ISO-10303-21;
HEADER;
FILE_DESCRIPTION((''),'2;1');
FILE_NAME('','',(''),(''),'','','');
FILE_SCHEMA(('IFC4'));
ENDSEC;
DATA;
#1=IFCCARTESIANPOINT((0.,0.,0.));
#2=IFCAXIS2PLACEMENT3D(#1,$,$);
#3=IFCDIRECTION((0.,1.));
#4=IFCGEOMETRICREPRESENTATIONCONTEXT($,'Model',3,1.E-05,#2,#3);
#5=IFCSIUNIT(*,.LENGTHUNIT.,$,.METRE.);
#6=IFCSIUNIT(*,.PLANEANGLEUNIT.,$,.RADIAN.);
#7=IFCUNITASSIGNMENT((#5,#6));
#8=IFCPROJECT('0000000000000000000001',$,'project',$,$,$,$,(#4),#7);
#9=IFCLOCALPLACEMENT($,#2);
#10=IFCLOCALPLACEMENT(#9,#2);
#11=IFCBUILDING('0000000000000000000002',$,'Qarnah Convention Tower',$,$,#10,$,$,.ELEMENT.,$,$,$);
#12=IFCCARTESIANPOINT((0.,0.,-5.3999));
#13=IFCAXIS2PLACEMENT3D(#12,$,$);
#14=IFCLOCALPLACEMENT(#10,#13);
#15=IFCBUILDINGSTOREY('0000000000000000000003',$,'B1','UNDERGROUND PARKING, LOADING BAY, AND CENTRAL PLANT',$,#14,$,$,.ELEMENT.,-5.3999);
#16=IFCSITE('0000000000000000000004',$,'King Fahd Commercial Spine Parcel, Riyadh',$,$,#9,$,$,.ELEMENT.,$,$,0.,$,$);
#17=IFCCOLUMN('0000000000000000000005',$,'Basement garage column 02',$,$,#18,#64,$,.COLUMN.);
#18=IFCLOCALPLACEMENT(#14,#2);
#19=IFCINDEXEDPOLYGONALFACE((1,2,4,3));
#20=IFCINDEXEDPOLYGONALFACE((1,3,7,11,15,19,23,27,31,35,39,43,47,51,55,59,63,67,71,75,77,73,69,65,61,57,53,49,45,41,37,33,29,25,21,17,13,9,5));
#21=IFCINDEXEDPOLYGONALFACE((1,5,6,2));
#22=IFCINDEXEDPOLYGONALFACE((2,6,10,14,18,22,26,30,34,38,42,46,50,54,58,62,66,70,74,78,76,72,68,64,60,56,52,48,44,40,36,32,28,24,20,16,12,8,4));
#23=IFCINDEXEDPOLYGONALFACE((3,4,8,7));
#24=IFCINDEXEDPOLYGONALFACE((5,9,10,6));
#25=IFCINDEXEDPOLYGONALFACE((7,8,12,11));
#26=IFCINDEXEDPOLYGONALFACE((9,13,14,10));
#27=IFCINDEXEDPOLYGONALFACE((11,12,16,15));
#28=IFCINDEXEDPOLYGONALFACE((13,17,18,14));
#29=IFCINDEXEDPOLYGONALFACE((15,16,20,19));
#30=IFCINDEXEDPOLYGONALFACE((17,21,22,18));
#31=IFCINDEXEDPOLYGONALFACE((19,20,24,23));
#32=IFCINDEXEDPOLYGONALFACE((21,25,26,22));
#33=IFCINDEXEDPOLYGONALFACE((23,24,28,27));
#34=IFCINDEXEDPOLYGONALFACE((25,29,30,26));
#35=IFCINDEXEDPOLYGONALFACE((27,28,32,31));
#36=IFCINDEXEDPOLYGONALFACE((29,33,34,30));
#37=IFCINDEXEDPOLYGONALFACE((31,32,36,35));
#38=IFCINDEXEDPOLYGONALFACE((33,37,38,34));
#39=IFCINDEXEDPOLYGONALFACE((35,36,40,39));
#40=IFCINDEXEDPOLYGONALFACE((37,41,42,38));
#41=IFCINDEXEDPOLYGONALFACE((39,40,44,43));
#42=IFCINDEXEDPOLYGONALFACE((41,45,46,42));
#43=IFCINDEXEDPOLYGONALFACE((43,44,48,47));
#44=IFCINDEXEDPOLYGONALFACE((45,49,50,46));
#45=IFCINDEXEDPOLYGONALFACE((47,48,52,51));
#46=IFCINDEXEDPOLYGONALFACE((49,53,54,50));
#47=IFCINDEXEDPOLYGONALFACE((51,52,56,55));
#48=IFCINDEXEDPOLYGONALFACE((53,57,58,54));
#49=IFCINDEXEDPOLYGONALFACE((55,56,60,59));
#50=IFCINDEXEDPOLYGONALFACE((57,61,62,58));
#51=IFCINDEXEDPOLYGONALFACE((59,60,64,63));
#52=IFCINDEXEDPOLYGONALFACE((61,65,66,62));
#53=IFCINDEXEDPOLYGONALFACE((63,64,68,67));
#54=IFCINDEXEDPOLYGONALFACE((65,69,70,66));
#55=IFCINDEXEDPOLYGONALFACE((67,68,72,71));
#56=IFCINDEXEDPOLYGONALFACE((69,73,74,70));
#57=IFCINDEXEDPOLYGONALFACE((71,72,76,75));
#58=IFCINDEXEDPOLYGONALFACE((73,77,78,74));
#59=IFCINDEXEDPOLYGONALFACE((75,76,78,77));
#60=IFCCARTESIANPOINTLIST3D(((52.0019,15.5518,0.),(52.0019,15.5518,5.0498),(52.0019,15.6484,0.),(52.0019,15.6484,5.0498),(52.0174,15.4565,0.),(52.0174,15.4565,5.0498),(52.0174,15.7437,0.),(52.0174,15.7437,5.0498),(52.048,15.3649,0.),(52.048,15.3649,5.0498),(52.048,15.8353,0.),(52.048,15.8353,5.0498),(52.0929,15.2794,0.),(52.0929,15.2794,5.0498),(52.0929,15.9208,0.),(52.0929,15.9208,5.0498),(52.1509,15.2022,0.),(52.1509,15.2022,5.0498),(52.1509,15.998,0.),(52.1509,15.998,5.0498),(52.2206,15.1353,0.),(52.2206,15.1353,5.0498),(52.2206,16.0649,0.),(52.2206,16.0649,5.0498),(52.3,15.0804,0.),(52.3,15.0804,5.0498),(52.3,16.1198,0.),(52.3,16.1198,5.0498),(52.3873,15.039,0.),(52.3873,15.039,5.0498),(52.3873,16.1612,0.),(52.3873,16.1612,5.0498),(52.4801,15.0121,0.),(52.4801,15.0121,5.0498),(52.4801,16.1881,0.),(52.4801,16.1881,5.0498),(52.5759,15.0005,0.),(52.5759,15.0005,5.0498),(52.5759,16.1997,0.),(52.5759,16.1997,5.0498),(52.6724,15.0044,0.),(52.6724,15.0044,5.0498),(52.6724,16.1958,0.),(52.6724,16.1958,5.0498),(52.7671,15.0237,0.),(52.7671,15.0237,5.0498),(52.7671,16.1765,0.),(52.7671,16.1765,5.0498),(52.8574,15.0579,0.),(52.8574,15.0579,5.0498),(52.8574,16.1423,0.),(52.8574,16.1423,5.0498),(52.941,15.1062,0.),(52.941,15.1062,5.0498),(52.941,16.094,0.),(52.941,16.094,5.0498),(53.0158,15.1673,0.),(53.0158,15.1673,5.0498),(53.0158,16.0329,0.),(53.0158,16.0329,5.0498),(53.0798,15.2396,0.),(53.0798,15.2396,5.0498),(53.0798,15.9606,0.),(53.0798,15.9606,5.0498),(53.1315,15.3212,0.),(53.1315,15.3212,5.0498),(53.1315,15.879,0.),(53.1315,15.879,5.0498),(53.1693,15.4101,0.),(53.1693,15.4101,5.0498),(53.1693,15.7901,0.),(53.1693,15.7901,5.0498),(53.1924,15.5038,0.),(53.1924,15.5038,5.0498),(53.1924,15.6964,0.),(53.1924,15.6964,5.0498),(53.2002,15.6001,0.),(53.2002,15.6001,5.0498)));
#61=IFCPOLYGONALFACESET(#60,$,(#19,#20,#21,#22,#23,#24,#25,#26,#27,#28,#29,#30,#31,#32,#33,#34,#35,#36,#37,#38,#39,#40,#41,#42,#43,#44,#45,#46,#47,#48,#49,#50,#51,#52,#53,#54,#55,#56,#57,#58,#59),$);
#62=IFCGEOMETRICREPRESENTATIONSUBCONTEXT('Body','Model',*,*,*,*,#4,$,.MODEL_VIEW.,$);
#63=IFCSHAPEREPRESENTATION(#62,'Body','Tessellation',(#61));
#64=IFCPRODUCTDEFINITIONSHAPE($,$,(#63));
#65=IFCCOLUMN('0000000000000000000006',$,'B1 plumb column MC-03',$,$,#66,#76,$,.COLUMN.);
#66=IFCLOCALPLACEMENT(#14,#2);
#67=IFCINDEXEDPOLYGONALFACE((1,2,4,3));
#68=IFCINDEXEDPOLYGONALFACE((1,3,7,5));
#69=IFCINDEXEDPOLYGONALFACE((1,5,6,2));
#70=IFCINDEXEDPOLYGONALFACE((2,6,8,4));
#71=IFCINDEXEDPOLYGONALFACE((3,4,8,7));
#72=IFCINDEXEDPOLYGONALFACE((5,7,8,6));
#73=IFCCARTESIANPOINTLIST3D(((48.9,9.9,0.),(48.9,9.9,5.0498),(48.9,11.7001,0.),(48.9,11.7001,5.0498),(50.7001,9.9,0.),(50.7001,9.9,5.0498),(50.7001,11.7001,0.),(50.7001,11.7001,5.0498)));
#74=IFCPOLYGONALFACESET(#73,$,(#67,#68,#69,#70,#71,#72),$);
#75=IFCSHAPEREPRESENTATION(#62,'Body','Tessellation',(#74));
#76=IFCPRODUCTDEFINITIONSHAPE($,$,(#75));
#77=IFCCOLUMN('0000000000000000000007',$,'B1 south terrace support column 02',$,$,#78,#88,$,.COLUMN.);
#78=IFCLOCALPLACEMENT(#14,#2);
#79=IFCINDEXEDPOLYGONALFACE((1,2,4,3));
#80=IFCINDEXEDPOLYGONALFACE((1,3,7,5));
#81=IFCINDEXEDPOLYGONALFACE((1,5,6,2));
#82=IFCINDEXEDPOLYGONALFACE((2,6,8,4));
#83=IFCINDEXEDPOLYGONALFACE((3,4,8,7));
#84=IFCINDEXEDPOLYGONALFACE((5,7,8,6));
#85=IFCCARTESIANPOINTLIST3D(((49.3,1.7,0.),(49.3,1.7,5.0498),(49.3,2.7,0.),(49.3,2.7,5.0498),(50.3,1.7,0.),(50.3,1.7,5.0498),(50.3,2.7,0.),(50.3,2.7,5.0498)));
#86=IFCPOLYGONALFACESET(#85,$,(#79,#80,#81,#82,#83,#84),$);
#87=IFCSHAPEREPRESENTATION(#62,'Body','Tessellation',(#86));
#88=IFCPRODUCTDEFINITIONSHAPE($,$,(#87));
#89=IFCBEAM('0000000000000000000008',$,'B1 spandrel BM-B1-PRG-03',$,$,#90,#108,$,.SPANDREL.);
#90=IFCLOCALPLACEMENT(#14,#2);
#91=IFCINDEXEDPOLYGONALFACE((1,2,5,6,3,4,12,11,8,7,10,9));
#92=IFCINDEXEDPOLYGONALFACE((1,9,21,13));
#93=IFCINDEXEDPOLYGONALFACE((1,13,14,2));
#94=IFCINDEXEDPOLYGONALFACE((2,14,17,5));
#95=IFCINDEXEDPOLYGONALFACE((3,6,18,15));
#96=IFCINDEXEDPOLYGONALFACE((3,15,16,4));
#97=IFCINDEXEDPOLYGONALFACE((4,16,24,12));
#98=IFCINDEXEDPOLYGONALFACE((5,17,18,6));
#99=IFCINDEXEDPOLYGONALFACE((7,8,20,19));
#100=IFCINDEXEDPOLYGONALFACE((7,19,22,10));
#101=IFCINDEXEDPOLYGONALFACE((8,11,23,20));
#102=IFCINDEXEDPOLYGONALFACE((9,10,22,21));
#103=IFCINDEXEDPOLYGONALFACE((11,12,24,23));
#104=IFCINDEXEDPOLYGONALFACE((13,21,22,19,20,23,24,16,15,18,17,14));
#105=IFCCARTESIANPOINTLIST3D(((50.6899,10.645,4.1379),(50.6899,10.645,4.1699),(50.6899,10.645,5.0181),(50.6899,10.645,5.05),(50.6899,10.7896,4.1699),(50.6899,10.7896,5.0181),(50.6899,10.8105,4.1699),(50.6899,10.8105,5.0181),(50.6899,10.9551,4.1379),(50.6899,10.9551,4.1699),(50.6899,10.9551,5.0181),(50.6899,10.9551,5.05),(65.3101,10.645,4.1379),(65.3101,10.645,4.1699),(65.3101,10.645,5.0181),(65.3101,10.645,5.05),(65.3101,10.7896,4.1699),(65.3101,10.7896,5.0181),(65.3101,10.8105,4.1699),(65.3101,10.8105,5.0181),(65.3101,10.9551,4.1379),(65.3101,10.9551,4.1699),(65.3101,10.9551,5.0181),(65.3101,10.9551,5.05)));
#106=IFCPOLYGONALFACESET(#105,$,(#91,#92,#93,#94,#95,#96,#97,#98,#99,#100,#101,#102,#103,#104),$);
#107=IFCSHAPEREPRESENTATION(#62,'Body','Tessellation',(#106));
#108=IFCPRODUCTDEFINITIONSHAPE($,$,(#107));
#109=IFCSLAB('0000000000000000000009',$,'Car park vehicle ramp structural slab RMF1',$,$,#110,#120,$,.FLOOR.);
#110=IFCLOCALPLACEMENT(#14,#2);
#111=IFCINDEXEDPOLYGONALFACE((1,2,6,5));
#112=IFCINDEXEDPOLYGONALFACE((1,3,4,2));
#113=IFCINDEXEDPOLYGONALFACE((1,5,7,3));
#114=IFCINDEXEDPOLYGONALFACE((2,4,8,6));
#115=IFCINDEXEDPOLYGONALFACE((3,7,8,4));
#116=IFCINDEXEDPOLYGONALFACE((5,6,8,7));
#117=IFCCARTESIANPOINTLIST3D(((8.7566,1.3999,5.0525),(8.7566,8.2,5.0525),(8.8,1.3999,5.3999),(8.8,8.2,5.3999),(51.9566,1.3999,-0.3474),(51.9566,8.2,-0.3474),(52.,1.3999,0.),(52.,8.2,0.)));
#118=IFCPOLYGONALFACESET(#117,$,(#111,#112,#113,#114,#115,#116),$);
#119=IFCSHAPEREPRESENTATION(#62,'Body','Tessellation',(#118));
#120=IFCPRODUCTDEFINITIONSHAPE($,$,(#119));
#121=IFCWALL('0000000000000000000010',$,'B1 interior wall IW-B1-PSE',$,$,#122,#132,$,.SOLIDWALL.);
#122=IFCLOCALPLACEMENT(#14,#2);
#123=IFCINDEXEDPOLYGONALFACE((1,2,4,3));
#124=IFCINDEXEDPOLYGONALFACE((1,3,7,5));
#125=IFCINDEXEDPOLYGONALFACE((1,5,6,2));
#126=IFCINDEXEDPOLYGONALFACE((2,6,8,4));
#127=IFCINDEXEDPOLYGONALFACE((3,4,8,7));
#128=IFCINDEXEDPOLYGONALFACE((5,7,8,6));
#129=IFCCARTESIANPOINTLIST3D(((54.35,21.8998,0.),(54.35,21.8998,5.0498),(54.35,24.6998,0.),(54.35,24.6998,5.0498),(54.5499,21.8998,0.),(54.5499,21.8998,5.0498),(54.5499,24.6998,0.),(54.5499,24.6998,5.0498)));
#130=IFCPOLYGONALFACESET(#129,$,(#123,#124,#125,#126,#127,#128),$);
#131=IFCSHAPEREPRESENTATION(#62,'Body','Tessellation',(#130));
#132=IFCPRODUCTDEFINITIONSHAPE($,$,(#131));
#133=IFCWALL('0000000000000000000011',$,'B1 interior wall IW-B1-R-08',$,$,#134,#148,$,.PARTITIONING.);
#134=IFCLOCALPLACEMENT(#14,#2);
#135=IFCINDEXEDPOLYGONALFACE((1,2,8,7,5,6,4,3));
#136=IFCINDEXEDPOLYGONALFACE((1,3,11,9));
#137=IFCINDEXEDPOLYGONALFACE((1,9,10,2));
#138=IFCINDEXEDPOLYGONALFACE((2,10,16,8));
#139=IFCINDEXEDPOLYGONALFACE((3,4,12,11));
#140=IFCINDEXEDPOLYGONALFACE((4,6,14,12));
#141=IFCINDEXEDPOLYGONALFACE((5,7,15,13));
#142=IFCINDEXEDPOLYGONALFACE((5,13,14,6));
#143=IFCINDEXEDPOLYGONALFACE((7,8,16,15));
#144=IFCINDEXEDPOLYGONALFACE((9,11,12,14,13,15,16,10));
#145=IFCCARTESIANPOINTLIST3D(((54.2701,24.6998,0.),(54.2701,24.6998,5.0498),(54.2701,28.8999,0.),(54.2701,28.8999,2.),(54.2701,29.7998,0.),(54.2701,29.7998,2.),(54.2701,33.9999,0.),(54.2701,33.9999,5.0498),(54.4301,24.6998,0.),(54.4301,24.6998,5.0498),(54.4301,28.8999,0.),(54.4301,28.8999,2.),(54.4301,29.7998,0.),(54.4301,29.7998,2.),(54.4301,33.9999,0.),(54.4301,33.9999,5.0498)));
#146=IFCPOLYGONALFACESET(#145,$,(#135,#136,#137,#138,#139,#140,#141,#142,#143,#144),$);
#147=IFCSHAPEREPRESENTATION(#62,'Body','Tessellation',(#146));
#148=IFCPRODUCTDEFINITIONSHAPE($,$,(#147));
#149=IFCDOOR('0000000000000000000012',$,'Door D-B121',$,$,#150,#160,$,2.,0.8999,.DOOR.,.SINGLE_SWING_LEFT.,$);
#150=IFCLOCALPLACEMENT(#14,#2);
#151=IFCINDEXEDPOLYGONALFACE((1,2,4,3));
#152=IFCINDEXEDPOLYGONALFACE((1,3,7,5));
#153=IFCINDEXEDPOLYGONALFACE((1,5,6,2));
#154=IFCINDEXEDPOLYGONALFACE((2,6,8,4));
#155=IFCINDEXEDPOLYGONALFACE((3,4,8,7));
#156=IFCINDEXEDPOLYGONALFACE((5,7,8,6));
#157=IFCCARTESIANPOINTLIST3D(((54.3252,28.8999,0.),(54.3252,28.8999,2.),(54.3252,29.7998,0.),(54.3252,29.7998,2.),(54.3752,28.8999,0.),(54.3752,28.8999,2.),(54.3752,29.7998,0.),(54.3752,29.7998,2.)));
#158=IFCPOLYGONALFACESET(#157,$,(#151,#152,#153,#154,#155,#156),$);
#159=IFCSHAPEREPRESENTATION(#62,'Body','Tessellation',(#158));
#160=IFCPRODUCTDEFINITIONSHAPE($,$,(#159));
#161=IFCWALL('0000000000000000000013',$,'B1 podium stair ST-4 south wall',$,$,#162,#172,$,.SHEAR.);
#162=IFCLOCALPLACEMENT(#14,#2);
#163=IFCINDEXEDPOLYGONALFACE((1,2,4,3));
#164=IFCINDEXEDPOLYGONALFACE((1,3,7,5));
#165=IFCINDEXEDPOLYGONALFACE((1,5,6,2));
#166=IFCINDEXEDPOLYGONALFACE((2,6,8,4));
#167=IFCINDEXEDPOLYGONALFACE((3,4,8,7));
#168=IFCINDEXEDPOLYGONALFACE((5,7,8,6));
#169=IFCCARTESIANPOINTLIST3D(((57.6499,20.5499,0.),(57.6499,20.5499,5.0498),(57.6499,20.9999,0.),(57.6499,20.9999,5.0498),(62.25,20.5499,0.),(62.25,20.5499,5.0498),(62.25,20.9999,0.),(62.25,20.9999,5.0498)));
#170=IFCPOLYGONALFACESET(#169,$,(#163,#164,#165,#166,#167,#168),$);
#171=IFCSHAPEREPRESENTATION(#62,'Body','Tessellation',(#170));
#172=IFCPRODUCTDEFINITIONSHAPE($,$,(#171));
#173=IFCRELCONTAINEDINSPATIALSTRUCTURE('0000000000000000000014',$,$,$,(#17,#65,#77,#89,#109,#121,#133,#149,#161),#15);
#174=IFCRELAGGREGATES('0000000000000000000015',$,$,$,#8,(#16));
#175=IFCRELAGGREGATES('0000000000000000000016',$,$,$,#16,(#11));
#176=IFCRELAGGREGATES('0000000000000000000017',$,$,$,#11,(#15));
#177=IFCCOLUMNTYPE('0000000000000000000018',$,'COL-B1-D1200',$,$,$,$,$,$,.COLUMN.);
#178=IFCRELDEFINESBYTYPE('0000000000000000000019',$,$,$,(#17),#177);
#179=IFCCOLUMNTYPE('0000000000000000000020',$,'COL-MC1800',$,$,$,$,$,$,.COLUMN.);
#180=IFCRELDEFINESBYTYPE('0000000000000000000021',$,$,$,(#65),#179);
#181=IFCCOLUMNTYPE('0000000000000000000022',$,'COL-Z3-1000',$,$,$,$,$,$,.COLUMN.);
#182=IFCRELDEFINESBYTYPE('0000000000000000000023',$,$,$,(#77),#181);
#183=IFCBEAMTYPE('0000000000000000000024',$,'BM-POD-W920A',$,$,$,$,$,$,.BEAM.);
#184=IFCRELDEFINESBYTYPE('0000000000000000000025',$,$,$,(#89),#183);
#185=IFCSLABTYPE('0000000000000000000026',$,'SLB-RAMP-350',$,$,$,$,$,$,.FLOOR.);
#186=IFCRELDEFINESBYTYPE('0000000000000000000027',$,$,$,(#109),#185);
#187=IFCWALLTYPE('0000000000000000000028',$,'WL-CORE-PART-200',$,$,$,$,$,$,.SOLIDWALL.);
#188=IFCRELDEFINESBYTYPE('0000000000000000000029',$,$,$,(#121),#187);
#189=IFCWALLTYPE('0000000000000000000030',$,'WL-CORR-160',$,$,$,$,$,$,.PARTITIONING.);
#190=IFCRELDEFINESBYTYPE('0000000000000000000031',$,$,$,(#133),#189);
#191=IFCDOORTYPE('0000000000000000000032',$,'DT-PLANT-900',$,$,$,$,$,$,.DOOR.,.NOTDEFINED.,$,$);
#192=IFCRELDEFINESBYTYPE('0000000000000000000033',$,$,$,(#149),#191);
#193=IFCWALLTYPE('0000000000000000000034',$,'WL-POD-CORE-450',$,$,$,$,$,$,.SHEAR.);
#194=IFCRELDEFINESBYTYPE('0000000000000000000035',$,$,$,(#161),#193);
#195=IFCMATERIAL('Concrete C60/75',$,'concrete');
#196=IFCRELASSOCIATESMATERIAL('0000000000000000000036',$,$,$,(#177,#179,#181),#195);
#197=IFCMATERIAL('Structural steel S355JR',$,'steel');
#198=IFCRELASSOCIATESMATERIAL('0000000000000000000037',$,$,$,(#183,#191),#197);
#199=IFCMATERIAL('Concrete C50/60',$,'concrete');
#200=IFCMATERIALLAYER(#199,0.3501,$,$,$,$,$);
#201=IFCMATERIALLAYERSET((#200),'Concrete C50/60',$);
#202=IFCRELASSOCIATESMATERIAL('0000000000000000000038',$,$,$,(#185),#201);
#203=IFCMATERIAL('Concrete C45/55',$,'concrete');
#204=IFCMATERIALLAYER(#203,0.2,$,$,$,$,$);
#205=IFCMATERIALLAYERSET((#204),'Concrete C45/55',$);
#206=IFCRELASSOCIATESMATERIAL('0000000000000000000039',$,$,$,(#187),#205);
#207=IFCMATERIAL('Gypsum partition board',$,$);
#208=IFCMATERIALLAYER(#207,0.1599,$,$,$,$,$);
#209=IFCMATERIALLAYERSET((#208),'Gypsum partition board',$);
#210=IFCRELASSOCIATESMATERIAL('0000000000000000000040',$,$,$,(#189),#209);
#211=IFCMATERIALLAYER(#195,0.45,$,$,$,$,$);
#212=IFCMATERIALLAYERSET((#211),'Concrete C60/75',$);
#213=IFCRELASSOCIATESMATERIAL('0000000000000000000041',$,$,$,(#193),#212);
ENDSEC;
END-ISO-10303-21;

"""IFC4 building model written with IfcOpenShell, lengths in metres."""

from ifc_helpers import new_model, si_unit, direction, frame, frame_2d, origin, origin_2d, place, context, subcontext, project, spatial, polyline, rectangle, circle, i_section, outline, extrude, material, layer, layer_set, material_profile, profile_set, type_object, element, fill, save


model = new_model("IFC4")

# Units and contexts
model_context = context("Model", 3, precision=1e-05, world=origin(), true_north=direction((0.0, 1.0)))
body_context = subcontext(model_context, "Body", "Model", "MODEL_VIEW")
ifc_project = project(units=[si_unit("LENGTHUNIT", "METRE"), si_unit("PLANEANGLEUNIT", "RADIAN")], contexts=[model_context])

# Site, building, storey
site_placement = place(None, origin())
site = spatial("IfcSite", under=ifc_project, at=site_placement, Name="King Fahd Commercial Spine Parcel, Riyadh", CompositionType="ELEMENT", RefElevation=0.0)
building_placement = place(site_placement, origin())
building = spatial("IfcBuilding", under=site, at=building_placement, Name="Qarnah Convention Tower", CompositionType="ELEMENT")
storey_placement = place(building_placement, frame((0.0, 0.0, -5.3999)))
storey = spatial("IfcBuildingStorey", under=building, at=storey_placement, Name="B1", Description="UNDERGROUND PARKING, LOADING BAY, AND CENTRAL PLANT", CompositionType="ELEMENT", Elevation=-5.3999)

# Shared definitions
ifc_material_1 = material(Name="Concrete C50/60", Category="concrete")

# Columns
ifc_material_2 = material(Name="Concrete C60/75", Category="concrete")
ifc_material_profile_1 = material_profile(ifc_material_2, circle(Radius=0.6001, at=origin_2d()), Name="RC-COL-D1200")
ifc_profile_set_1 = profile_set([ifc_material_profile_1], Name="Concrete C60/75")
column_type_1 = type_object("IfcColumnType", Name="COL-B1-D1200", PredefinedType="COLUMN", material=ifc_profile_set_1)
column_1_placement = place(storey_placement, frame((52.6001, 15.6001, 0.0), z_axis=(0.0, 0.0, 1.0), x_axis=(1.0, 0.0, 0.0)))
element("IfcColumn", 1, at=column_1_placement, inside=storey, type_object=column_type_1, Name="Basement garage column 02", PredefinedType="COLUMN", context=body_context, shape_type="SweptSolid", body=[
    extrude(circle(Radius=0.6001, at=origin_2d()), origin(), (0.0, 0.0, 1.0), 5.0498),
])
ifc_material_profile_2 = material_profile(ifc_material_2, rectangle(XDim=1.8, YDim=1.8, at=origin_2d()), Name="RC-COL-1800X1800")
ifc_profile_set_2 = profile_set([ifc_material_profile_2], Name="Concrete C60/75")
column_type_2 = type_object("IfcColumnType", Name="COL-MC1800", PredefinedType="COLUMN", material=ifc_profile_set_2)
column_2_placement = place(storey_placement, frame((49.8, 10.8, 0.0), z_axis=(0.0, 0.0, 1.0), x_axis=(1.0, 0.0, 0.0)))
element("IfcColumn", 2, at=column_2_placement, inside=storey, type_object=column_type_2, Name="B1 plumb column MC-03", PredefinedType="COLUMN", context=body_context, shape_type="SweptSolid", body=[
    extrude(rectangle(XDim=1.8, YDim=1.8, at=origin_2d()), origin(), (0.0, 0.0, 1.0), 5.0498),
])
ifc_material_profile_3 = material_profile(ifc_material_2, rectangle(XDim=1.0, YDim=1.0, at=origin_2d()), Name="RC-COL-1000X1000")
ifc_profile_set_3 = profile_set([ifc_material_profile_3], Name="Concrete C60/75")
column_type_3 = type_object("IfcColumnType", Name="COL-Z3-1000", PredefinedType="COLUMN", material=ifc_profile_set_3)
column_3_placement = place(storey_placement, frame((49.8, 2.2, 0.0), z_axis=(0.0, 0.0, 1.0), x_axis=(1.0, 0.0, 0.0)))
element("IfcColumn", 3, at=column_3_placement, inside=storey, type_object=column_type_3, Name="B1 south terrace support column 02", PredefinedType="COLUMN", context=body_context, shape_type="SweptSolid", body=[
    extrude(rectangle(XDim=1.0, YDim=1.0, at=origin_2d()), origin(), (0.0, 0.0, 1.0), 5.0498),
])

# Beam
ifc_material_3 = material(Name="Structural steel S355JR", Category="steel")
ifc_material_profile_4 = material_profile(ifc_material_3, i_section(OverallWidth=0.3101, OverallDepth=0.9121, WebThickness=0.021, FlangeThickness=0.032, at=origin_2d()), Name="W920X342")
ifc_profile_set_4 = profile_set([ifc_material_profile_4], Name="Structural steel S355JR")
beam_type = type_object("IfcBeamType", Name="BM-POD-W920A", PredefinedType="BEAM", material=ifc_profile_set_4)
beam_placement = place(storey_placement, frame((50.6899, 10.8, 4.594), z_axis=(1.0, 0.0, 0.0), x_axis=(0.0, 1.0, 0.0)))
element("IfcBeam", 4, at=beam_placement, inside=storey, type_object=beam_type, Name="B1 spandrel BM-B1-PRG-03", PredefinedType="SPANDREL", context=body_context, shape_type="SweptSolid", body=[
    extrude(i_section(OverallWidth=0.3101, OverallDepth=0.9121, WebThickness=0.021, FlangeThickness=0.032, at=origin_2d()), origin(), (0.0, 0.0, 1.0), 14.6201),
])

# Slab
ifc_layer_1 = layer(ifc_material_1, 0.3501)
ifc_layer_set_1 = layer_set([ifc_layer_1], Name="Concrete C50/60")
slab_type = type_object("IfcSlabType", Name="SLB-RAMP-350", PredefinedType="FLOOR", material=ifc_layer_set_1)
slab_placement = place(storey_placement, frame((52.0, 1.3999, 0.0), z_axis=(0.124033, 0.0, 0.992278), x_axis=(0.0, 1.0, 0.0)))
element("IfcSlab", 5, at=slab_placement, inside=storey, type_object=slab_type, Name="Car park vehicle ramp structural slab RMF1", PredefinedType="FLOOR", context=body_context, shape_type="SweptSolid", body=[
    extrude(outline(polyline([(0.0, 0.0), (6.8, 0.0), (6.8, 43.5361), (0.0, 43.5361), (0.0, 0.0)])), origin(), (0.0, 0.0, -1.0), 0.3501),
])

# Wall
ifc_material_4 = material(Name="Concrete C45/55", Category="concrete")
ifc_layer_2 = layer(ifc_material_4, 0.2)
ifc_layer_set_2 = layer_set([ifc_layer_2], Name="Concrete C45/55")
wall_type_1 = type_object("IfcWallType", Name="WL-CORE-PART-200", PredefinedType="SOLIDWALL", material=ifc_layer_set_2)
wall_1_placement = place(storey_placement, frame((54.45, 21.8999, 0.0), z_axis=(0.0, 0.0, 1.0), x_axis=(0.0, 1.0, 0.0)))
element("IfcWall", 6, at=wall_1_placement, inside=storey, type_object=wall_type_1, Name="B1 interior wall IW-B1-PSE", PredefinedType="SOLIDWALL", context=body_context, shape_type="SweptSolid", body=[
    extrude(rectangle(XDim=2.8, YDim=0.2, at=frame_2d((1.3999, 0.0))), origin(), (0.0, 0.0, 1.0), 5.0498),
])

# Wall, opening, door
ifc_material_5 = material(Name="Gypsum partition board")
ifc_layer_3 = layer(ifc_material_5, 0.1599)
ifc_layer_set_3 = layer_set([ifc_layer_3], Name="Gypsum partition board")
wall_type_2 = type_object("IfcWallType", Name="WL-CORR-160", PredefinedType="PARTITIONING", material=ifc_layer_set_3)
wall_2_placement = place(storey_placement, frame((54.3501, 24.7, 0.0), z_axis=(0.0, 0.0, 1.0), x_axis=(0.0, 1.0, 0.0)))
wall_2 = element("IfcWall", 7, at=wall_2_placement, inside=storey, type_object=wall_type_2, Name="B1 interior wall IW-B1-R-08", PredefinedType="PARTITIONING", context=body_context, shape_type="SweptSolid", body=[
    extrude(rectangle(XDim=9.3, YDim=0.1599, at=frame_2d((4.6499, 0.0))), origin(), (0.0, 0.0, 1.0), 5.0498),
])
opening_1_placement = place(wall_2_placement, frame((4.2, 0.0, 0.0)))
opening_1 = element("IfcOpeningElement", 8, at=opening_1_placement, cuts=wall_2, PredefinedType="OPENING", context=body_context, shape_type="SweptSolid", body=[
    extrude(rectangle(XDim=0.8999, YDim=2.0, at=frame_2d((0.45, 1.0))), frame((0.0, 0.0898, 0.0), z_axis=(0.0, -1.0, 0.0), x_axis=(1.0, 0.0, 0.0)), (0.0, 0.0, 1.0), 0.1799),
])
door_type_1 = type_object("IfcDoorType", Name="DT-PLANT-900", OperationType="NOTDEFINED", PredefinedType="DOOR", material=ifc_material_3)
door_1_placement = place(opening_1_placement, origin())
door_1 = element("IfcDoor", 9, at=door_1_placement, inside=storey, type_object=door_type_1, Name="Door D-B121", OperationType="SINGLE_SWING_LEFT", OverallHeight=2.0, OverallWidth=0.8999, PredefinedType="DOOR", context=body_context, shape_type="SweptSolid", body=[
    extrude(rectangle(XDim=0.8999, YDim=2.0, at=frame_2d((0.45, 1.0))), frame((0.0, 0.0249, 0.0), z_axis=(0.0, -1.0, 0.0), x_axis=(1.0, 0.0, 0.0)), (0.0, 0.0, 1.0), 0.05),
])
fill(opening_1, door_1)

# Wall
ifc_layer_4 = layer(ifc_material_2, 0.45)
ifc_layer_set_4 = layer_set([ifc_layer_4], Name="Concrete C60/75")
wall_type_3 = type_object("IfcWallType", Name="WL-POD-CORE-450", PredefinedType="SHEAR", material=ifc_layer_set_4)
wall_3_placement = place(storey_placement, frame((57.6499, 20.7749, 0.0), z_axis=(0.0, 0.0, 1.0), x_axis=(1.0, 0.0, 0.0)))
element("IfcWall", 10, at=wall_3_placement, inside=storey, type_object=wall_type_3, Name="B1 podium stair ST-4 south wall", PredefinedType="SHEAR", context=body_context, shape_type="SweptSolid", body=[
    extrude(rectangle(XDim=4.6001, YDim=0.45, at=frame_2d((2.3, 0.0))), origin(), (0.0, 0.0, 1.0), 5.0498),
])

save(model, "model.ifc")
